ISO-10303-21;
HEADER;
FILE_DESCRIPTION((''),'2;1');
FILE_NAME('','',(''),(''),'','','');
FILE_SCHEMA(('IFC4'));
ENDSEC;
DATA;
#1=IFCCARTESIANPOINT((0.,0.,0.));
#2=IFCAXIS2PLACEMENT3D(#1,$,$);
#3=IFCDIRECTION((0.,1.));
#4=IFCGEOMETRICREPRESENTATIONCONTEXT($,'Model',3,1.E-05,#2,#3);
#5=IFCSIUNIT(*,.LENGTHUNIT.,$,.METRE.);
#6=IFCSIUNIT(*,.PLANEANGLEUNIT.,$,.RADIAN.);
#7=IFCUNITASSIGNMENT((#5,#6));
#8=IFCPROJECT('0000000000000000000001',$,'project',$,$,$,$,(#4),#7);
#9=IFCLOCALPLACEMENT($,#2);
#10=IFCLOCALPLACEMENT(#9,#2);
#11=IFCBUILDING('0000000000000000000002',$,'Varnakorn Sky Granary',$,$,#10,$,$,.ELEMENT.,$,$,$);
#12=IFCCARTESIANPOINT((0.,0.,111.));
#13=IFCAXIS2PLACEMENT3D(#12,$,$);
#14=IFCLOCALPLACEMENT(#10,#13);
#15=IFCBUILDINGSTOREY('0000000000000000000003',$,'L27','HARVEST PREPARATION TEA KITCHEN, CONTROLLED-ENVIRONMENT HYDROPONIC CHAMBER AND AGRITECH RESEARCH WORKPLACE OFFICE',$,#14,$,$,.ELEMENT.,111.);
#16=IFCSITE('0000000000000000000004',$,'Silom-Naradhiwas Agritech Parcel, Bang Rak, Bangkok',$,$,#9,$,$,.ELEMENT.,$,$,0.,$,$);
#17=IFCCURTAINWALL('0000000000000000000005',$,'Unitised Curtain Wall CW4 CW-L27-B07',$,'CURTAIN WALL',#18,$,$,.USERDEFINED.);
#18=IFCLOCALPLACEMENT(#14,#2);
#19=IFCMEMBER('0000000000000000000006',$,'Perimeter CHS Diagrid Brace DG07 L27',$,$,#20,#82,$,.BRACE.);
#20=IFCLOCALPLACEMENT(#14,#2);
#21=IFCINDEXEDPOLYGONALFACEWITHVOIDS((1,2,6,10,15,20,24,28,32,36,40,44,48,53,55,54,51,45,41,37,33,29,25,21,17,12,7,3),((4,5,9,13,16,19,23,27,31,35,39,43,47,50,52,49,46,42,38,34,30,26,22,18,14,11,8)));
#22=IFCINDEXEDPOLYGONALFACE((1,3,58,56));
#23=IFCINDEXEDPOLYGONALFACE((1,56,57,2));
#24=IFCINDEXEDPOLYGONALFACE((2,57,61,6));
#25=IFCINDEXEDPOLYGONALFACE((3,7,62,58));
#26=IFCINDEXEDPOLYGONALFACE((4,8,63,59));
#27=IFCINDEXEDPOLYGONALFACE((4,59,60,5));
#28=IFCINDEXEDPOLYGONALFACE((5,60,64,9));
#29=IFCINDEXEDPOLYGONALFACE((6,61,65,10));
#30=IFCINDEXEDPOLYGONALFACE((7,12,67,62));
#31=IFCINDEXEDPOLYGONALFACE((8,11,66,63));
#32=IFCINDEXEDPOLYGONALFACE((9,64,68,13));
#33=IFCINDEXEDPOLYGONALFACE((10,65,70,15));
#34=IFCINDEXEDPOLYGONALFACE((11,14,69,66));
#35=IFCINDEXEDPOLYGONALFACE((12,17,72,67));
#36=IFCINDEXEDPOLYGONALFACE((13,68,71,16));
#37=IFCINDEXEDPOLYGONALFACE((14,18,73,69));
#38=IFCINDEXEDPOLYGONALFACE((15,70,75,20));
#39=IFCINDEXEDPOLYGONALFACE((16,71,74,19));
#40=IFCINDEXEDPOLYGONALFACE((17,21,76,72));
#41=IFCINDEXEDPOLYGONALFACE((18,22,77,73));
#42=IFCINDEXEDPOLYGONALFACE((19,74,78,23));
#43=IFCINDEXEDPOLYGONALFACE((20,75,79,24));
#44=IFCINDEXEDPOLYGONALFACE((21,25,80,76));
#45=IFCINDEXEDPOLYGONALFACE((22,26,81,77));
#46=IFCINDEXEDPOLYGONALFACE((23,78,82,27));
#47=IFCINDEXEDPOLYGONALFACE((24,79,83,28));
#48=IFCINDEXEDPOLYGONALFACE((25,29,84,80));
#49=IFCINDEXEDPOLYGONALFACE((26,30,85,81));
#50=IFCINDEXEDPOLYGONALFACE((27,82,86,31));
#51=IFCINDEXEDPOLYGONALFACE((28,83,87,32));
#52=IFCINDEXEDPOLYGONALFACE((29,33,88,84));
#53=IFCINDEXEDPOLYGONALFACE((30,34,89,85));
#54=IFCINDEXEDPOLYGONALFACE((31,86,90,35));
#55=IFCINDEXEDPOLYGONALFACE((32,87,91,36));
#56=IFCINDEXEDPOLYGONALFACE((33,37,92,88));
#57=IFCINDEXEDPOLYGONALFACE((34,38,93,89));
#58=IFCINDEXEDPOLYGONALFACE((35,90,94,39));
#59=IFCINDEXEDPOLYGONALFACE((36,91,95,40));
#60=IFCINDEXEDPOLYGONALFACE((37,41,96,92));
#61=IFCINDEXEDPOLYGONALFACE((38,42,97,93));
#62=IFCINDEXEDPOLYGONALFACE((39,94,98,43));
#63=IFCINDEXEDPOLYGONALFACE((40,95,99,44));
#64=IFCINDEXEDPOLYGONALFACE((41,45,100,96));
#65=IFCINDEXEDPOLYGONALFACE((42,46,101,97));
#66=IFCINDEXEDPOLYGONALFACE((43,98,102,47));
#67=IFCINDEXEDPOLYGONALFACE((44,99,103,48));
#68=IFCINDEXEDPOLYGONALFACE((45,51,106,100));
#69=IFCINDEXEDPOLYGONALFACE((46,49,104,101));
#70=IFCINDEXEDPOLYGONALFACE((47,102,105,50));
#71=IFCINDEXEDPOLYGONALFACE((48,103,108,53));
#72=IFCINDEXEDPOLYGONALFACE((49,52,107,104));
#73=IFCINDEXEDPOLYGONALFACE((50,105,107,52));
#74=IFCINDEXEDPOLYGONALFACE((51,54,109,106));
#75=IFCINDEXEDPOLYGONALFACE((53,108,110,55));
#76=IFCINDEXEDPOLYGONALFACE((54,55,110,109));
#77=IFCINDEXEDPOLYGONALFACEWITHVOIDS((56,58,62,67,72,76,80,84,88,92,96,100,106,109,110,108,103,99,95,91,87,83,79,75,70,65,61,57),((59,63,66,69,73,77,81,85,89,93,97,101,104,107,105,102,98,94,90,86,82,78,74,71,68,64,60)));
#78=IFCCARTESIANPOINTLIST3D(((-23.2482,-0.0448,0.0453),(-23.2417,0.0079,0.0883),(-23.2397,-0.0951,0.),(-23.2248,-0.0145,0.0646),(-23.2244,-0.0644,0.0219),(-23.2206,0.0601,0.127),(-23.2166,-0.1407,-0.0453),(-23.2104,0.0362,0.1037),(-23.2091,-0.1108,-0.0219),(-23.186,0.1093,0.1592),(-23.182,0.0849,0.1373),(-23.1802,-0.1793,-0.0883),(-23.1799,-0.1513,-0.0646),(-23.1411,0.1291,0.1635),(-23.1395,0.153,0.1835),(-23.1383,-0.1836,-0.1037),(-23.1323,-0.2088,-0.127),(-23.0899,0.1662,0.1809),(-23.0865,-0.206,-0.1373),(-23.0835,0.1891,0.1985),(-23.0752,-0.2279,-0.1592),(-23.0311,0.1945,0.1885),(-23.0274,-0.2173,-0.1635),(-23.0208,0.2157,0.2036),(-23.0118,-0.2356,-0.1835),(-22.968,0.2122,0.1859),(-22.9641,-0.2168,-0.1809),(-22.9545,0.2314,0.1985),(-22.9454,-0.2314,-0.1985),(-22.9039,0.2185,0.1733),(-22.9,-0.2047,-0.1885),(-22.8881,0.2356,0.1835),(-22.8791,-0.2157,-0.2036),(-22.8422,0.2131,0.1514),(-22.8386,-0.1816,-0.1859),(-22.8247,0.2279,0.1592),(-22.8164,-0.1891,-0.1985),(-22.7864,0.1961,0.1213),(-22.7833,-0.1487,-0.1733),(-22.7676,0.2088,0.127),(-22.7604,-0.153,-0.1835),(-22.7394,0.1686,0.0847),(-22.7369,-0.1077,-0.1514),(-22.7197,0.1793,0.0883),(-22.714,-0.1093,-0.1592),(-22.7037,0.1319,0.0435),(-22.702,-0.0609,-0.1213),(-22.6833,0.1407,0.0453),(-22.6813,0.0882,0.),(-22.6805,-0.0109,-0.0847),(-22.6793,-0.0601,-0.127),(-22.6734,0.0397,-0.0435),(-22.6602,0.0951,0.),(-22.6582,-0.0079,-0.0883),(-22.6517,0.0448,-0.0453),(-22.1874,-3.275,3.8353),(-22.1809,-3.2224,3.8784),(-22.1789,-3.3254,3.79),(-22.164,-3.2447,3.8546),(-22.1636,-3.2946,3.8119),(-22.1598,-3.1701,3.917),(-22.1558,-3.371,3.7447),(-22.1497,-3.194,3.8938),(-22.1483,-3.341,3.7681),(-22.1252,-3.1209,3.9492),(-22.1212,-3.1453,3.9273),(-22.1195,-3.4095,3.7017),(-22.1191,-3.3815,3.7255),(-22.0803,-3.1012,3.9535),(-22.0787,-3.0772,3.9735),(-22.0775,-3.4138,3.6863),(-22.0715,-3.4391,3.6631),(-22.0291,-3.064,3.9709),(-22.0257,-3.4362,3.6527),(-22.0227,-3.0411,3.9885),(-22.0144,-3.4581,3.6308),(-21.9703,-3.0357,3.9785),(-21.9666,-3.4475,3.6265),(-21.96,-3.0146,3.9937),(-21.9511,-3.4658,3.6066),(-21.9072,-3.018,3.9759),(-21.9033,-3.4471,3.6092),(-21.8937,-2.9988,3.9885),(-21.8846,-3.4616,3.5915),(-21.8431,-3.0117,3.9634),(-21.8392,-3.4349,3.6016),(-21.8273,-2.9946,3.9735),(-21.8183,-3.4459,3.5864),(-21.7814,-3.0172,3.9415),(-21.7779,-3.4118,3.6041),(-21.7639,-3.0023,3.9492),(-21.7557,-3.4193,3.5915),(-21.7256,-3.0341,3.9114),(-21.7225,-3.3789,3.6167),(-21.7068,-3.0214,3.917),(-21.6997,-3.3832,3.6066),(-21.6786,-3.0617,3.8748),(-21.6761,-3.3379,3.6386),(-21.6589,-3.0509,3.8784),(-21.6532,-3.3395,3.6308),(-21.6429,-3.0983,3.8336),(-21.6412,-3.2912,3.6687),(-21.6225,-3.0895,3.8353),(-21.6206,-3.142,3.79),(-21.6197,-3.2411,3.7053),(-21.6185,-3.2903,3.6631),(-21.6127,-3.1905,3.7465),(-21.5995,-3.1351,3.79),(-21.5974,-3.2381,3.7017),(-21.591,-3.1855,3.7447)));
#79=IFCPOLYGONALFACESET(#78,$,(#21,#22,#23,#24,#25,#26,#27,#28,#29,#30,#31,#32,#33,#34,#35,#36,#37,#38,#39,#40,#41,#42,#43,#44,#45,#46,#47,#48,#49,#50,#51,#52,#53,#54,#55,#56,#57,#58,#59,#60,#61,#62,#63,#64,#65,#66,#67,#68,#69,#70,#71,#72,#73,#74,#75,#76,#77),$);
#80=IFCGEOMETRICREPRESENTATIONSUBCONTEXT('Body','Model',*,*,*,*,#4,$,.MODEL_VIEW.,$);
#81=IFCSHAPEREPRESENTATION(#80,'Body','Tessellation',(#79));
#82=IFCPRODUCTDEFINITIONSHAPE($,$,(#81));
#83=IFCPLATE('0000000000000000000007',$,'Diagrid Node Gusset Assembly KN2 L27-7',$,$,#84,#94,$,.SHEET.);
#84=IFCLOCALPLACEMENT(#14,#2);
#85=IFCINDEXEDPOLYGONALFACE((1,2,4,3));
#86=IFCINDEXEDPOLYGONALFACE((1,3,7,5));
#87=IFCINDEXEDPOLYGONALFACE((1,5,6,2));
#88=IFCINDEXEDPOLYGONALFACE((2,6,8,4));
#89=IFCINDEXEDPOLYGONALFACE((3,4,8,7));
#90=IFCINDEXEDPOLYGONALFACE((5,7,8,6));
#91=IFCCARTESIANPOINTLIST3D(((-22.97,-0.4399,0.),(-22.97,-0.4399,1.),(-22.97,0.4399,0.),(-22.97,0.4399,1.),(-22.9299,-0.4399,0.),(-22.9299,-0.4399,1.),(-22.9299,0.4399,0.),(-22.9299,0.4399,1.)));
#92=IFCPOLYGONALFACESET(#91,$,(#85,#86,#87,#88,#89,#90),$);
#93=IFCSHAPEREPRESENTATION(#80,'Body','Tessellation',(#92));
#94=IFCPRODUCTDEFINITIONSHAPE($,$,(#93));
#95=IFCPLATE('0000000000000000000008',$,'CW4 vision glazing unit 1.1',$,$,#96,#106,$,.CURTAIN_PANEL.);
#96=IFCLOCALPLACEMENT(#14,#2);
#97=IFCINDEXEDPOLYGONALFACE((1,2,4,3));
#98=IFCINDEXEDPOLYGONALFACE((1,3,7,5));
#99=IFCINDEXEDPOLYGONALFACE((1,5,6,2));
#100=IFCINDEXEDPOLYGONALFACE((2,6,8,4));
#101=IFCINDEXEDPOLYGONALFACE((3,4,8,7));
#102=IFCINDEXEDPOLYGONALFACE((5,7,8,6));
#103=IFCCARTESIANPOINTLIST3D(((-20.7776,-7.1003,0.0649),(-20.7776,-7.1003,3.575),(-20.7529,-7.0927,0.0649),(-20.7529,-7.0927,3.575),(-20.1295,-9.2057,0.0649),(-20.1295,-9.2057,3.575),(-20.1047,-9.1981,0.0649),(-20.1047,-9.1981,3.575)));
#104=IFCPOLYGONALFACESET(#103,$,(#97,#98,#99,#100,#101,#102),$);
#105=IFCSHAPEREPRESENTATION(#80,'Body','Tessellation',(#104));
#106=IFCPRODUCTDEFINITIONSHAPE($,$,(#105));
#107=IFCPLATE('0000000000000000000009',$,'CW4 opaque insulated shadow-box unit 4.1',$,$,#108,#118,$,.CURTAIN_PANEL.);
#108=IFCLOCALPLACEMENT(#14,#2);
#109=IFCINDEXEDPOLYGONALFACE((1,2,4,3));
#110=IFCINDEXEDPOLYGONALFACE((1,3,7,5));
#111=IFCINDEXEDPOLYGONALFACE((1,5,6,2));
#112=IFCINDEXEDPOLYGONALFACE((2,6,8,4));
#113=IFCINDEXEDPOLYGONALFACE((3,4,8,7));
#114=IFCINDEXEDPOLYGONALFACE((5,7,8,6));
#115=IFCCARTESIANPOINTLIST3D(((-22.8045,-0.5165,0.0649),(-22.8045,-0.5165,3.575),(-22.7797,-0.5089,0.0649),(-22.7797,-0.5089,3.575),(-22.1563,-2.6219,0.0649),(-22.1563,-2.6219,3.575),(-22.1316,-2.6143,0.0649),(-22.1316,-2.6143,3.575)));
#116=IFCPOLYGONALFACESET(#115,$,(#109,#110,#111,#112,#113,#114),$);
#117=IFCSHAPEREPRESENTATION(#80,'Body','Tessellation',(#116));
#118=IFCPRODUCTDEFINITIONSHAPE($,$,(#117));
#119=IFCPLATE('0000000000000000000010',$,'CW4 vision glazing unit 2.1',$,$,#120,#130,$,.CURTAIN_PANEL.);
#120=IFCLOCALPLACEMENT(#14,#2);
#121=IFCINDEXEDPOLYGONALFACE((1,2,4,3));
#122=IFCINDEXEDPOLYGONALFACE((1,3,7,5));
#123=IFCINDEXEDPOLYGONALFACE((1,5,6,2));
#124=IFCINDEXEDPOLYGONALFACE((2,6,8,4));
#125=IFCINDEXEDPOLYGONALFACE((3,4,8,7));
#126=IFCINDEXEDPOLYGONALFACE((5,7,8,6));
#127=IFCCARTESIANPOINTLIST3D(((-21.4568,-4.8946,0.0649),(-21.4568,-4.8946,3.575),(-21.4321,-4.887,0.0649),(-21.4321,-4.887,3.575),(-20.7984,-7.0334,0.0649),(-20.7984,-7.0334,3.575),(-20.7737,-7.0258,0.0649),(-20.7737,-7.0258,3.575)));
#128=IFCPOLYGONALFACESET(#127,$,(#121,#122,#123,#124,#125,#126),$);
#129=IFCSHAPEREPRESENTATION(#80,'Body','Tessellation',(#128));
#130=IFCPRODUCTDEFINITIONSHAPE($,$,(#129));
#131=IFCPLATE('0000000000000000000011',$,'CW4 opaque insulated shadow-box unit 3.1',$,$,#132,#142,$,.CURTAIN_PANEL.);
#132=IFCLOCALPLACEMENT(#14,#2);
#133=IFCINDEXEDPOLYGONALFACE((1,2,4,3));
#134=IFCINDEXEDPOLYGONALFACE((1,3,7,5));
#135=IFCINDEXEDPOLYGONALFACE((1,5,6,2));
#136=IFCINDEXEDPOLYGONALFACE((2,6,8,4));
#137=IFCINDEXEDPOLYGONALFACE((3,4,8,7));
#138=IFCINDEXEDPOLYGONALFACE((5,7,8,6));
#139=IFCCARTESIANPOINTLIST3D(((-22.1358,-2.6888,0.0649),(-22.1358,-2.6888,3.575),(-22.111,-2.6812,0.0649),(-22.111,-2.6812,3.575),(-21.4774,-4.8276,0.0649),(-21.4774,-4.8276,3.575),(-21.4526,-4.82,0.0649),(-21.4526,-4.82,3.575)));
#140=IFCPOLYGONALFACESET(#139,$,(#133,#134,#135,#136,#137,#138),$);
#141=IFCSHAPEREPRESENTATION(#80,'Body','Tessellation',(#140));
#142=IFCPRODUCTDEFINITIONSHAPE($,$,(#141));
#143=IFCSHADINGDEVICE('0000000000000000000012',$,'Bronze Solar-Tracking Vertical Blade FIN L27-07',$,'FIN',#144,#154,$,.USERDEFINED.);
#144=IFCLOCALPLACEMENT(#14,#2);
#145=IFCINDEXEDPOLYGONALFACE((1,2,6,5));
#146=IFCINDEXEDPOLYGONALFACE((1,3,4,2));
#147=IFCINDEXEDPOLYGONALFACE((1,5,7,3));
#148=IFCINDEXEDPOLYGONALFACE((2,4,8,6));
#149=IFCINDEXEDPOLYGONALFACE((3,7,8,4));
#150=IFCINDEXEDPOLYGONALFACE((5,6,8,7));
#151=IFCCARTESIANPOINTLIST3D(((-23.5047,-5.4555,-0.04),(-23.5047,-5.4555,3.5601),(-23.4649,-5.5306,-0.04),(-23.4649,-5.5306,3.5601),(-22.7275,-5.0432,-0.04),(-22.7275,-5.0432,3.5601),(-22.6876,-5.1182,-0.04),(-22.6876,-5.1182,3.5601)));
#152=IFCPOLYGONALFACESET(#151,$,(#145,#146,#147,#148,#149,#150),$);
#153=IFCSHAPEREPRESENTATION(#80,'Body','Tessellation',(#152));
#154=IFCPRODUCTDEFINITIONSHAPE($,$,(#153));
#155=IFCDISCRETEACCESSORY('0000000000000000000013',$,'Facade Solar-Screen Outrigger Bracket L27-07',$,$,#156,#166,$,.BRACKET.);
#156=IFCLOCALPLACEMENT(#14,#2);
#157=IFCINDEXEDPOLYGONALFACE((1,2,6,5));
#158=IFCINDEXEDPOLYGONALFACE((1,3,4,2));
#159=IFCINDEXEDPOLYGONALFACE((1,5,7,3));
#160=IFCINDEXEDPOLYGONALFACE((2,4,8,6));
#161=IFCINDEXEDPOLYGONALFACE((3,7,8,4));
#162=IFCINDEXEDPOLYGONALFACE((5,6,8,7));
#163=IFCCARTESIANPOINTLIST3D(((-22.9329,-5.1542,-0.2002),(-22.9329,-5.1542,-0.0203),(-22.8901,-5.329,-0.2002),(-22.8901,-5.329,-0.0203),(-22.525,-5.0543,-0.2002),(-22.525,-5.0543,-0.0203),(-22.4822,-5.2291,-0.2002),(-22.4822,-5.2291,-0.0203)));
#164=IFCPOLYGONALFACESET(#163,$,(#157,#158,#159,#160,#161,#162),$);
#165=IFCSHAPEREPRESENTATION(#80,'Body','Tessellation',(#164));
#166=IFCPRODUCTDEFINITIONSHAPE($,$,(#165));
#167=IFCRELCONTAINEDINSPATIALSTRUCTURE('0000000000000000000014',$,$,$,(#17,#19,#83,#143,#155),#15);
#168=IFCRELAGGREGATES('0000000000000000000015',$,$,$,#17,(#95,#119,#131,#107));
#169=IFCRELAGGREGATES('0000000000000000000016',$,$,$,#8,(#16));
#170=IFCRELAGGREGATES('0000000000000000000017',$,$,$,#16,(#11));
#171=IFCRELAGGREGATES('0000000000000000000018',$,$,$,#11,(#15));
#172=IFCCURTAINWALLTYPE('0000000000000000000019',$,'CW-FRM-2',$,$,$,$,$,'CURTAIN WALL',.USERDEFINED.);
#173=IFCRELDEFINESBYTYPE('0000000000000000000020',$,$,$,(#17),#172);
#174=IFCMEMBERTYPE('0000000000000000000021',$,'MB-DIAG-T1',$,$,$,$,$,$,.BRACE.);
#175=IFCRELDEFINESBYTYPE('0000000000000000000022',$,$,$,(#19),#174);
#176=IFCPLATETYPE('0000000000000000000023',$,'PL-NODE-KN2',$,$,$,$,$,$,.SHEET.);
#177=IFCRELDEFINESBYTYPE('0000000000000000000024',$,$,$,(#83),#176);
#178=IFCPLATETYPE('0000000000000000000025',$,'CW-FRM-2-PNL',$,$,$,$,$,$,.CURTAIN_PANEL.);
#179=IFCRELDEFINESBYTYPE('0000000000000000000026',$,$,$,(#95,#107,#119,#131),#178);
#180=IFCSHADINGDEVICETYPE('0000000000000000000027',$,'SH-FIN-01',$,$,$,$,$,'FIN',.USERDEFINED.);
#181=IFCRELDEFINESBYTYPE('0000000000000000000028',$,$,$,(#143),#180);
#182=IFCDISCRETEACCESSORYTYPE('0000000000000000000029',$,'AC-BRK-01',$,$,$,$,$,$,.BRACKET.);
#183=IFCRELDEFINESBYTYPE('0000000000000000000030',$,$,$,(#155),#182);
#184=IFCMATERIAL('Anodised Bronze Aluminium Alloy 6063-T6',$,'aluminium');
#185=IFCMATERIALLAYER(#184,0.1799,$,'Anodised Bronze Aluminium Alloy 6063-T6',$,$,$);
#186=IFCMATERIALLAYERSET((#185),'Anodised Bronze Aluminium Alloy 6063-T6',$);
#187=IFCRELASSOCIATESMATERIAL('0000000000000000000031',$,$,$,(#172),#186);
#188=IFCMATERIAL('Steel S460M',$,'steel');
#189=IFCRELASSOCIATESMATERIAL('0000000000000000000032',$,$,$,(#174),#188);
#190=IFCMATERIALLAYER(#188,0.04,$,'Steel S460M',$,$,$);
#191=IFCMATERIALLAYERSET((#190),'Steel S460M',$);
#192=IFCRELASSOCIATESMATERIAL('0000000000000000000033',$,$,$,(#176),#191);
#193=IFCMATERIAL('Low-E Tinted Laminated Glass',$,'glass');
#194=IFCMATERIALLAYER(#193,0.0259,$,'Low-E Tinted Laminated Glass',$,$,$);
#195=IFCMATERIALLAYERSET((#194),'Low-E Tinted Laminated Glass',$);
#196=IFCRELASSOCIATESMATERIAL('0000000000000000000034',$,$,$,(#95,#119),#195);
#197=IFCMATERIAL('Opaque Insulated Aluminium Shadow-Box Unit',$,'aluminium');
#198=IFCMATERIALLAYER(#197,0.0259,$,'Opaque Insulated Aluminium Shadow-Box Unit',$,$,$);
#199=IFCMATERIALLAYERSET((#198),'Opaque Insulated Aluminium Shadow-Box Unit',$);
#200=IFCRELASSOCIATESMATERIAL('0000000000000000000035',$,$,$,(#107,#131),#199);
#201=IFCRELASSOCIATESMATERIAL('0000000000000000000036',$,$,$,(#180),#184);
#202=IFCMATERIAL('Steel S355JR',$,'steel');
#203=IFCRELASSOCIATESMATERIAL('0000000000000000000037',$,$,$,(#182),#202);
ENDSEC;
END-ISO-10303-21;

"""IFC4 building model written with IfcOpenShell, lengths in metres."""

from ifc_helpers import new_model, si_unit, direction, frame, origin, origin_2d, place, context, subcontext, project, spatial, rectangle, hollow_circle, extrude, source, transform, mapped, material, layer, layer_set, material_profile, profile_set, type_object, type_shapes, element, aggregate, save


model = new_model("IFC4")

# Units and contexts
model_context = context("Model", 3, precision=1e-05, world=origin(), true_north=direction((0.0, 1.0)))
body_context = subcontext(model_context, "Body", "Model", "MODEL_VIEW")
ifc_project = project(units=[si_unit("LENGTHUNIT", "METRE"), si_unit("PLANEANGLEUNIT", "RADIAN")], contexts=[model_context])

# Site, building, storey
site_placement = place(None, origin())
site = spatial("IfcSite", under=ifc_project, at=site_placement, Name="Silom-Naradhiwas Agritech Parcel, Bang Rak, Bangkok", CompositionType="ELEMENT", RefElevation=0.0)
building_placement = place(site_placement, origin())
building = spatial("IfcBuilding", under=site, at=building_placement, Name="Varnakorn Sky Granary", CompositionType="ELEMENT")
storey_placement = place(building_placement, frame((0.0, 0.0, 111.0)))
storey = spatial("IfcBuildingStorey", under=building, at=storey_placement, Name="L27", Description="HARVEST PREPARATION TEA KITCHEN, CONTROLLED-ENVIRONMENT HYDROPONIC CHAMBER AND AGRITECH RESEARCH WORKPLACE OFFICE", CompositionType="ELEMENT", Elevation=111.0)

# Shared definitions
ifc_material_1 = material(Name="Steel S460M", Category="steel")

# Shared definitions
ifc_material_2 = material(Name="Steel S355JR", Category="steel")

# Curtain wall
ifc_material_3 = material(Name="Anodised Bronze Aluminium Alloy 6063-T6", Category="aluminium")
ifc_layer_1 = layer(ifc_material_3, 0.1799, Name="Anodised Bronze Aluminium Alloy 6063-T6")
ifc_layer_set_1 = layer_set([ifc_layer_1], Name="Anodised Bronze Aluminium Alloy 6063-T6")
curtain_wall_type = type_object("IfcCurtainWallType", Name="CW-FRM-2", ElementType="CURTAIN WALL", PredefinedType="USERDEFINED", material=ifc_layer_set_1)
curtain_wall_placement = place(storey_placement, origin())
curtain_wall = element("IfcCurtainWall", 1, at=curtain_wall_placement, inside=storey, type_object=curtain_wall_type, Name="Unitised Curtain Wall CW4 CW-L27-B07", ObjectType="CURTAIN WALL", PredefinedType="USERDEFINED")

# Member
ifc_material_profile_1 = material_profile(ifc_material_1, hollow_circle(Radius=0.3049, WallThickness=0.0222, at=origin_2d()), Name="CHS 610x22")
ifc_profile_set_1 = profile_set([ifc_material_profile_1], Name="Steel S460M")
member_type_1 = type_object("IfcMemberType", Name="MB-DIAG-T1", PredefinedType="BRACE", material=ifc_profile_set_1)
for number, where, z_axis, x_axis, name in (
    (2, (-22.95, 0.0, 0.0), (0.208343, -0.634427, 0.744376), (0.950081, 0.312002, 0.0), "Perimeter CHS Diagrid Brace DG07 L27"),
):
    element("IfcMember", number, at=place(storey_placement, frame(where, z_axis=z_axis, x_axis=x_axis)), inside=storey, type_object=member_type_1, Name=name, PredefinedType="BRACE", context=body_context, shape_type="SweptSolid", body=[
        extrude(hollow_circle(Radius=0.3049, WallThickness=0.0222, at=origin_2d()), origin(), (0.0, 0.0, 1.0), 5.0916),
    ])

# Plates
ifc_layer_2 = layer(ifc_material_1, 0.04, Name="Steel S460M")
ifc_layer_set_2 = layer_set([ifc_layer_2], Name="Steel S460M")
plate_type_1 = type_object("IfcPlateType", Name="PL-NODE-KN2", PredefinedType="SHEET", material=ifc_layer_set_2)
plate_1_placement = place(storey_placement, frame((-22.95, 0.0, 0.0), z_axis=(0.0, 0.0, 1.0), x_axis=(0.0, -1.0, 0.0)))
element("IfcPlate", 3, at=plate_1_placement, inside=storey, type_object=plate_type_1, Name="Diagrid Node Gusset Assembly KN2 L27-7", PredefinedType="SHEET", context=body_context, shape_type="SweptSolid", body=[
    extrude(rectangle(XDim=0.8799, YDim=0.04, at=origin_2d()), origin(), (0.0, 0.0, 1.0), 1.0),
])
ifc_material_4 = material(Name="Low-E Tinted Laminated Glass", Category="glass")
ifc_layer_3 = layer(ifc_material_4, 0.0259, Name="Low-E Tinted Laminated Glass")
ifc_layer_set_3 = layer_set([ifc_layer_3], Name="Low-E Tinted Laminated Glass")
plate_type_2 = type_object("IfcPlateType", Name="CW-FRM-2-PNL", PredefinedType="CURTAIN_PANEL")
shared_shape_1 = source(origin(), body_context, "Body", "SweptSolid", [
    extrude(rectangle(XDim=2.2029, YDim=0.0259, at=origin_2d()), origin(), (0.0, 0.0, 1.0), 3.51),
])
plate_2_placement = place(storey_placement, frame((-20.4412, -8.1492, 0.0649), z_axis=(0.0, 0.0, 1.0), x_axis=(-0.294221, 0.955738, 0.0)))
plate_2 = element("IfcPlate", 4, at=plate_2_placement, type_object=plate_type_2, material=ifc_layer_set_3, Name="CW4 vision glazing unit 1.1", PredefinedType="CURTAIN_PANEL", context=body_context, shape_type="MappedRepresentation", body=[
    mapped(shared_shape_1, transform((0.0, 0.0, 0.0), x_axis=(1.0, 0.0, 0.0), y_axis=(0.0, 1.0, 0.0), z_axis=(0.0, 0.0, 1.0), scale=1.0)),
])
ifc_material_5 = material(Name="Opaque Insulated Aluminium Shadow-Box Unit", Category="aluminium")
ifc_layer_4 = layer(ifc_material_5, 0.0259, Name="Opaque Insulated Aluminium Shadow-Box Unit")
ifc_layer_set_4 = layer_set([ifc_layer_4], Name="Opaque Insulated Aluminium Shadow-Box Unit")
plate_3_placement = place(storey_placement, frame((-22.468, -1.5654, 0.0649), z_axis=(0.0, 0.0, 1.0), x_axis=(-0.294221, 0.955738, 0.0)))
plate_3 = element("IfcPlate", 5, at=plate_3_placement, type_object=plate_type_2, material=ifc_layer_set_4, Name="CW4 opaque insulated shadow-box unit 4.1", PredefinedType="CURTAIN_PANEL", context=body_context, shape_type="MappedRepresentation", body=[
    mapped(shared_shape_1, transform((0.0, 0.0, 0.0), x_axis=(1.0, 0.0, 0.0), y_axis=(0.0, 1.0, 0.0), z_axis=(0.0, 0.0, 1.0), scale=1.0)),
])
shared_shape_2 = source(origin(), body_context, "Body", "SweptSolid", [
    extrude(rectangle(XDim=2.2378, YDim=0.0259, at=origin_2d()), origin(), (0.0, 0.0, 1.0), 3.51),
])
type_shapes(plate_type_2, [shared_shape_1, shared_shape_2])
plate_4_placement = place(storey_placement, frame((-21.1152, -5.9602, 0.0649), z_axis=(0.0, 0.0, 1.0), x_axis=(-0.294221, 0.955738, 0.0)))
plate_4 = element("IfcPlate", 6, at=plate_4_placement, type_object=plate_type_2, material=ifc_layer_set_3, Name="CW4 vision glazing unit 2.1", PredefinedType="CURTAIN_PANEL", context=body_context, shape_type="MappedRepresentation", body=[
    mapped(shared_shape_2, transform((0.0, 0.0, 0.0), x_axis=(1.0, 0.0, 0.0), y_axis=(0.0, 1.0, 0.0), z_axis=(0.0, 0.0, 1.0), scale=1.0)),
])
plate_5_placement = place(storey_placement, frame((-21.7942, -3.7544, 0.0649), z_axis=(0.0, 0.0, 1.0), x_axis=(-0.294221, 0.955738, 0.0)))
plate_5 = element("IfcPlate", 7, at=plate_5_placement, type_object=plate_type_2, material=ifc_layer_set_4, Name="CW4 opaque insulated shadow-box unit 3.1", PredefinedType="CURTAIN_PANEL", context=body_context, shape_type="MappedRepresentation", body=[
    mapped(shared_shape_2, transform((0.0, 0.0, 0.0), x_axis=(1.0, 0.0, 0.0), y_axis=(0.0, 1.0, 0.0), z_axis=(0.0, 0.0, 1.0), scale=1.0)),
])
aggregate(curtain_wall, [plate_2, plate_4, plate_5, plate_3])

# Shading device
shading_device_type = type_object("IfcShadingDeviceType", Name="SH-FIN-01", ElementType="FIN", PredefinedType="USERDEFINED", material=ifc_material_3)
shared_shape_3 = source(origin(), body_context, "Body", "SweptSolid", [
    extrude(rectangle(XDim=0.085, YDim=0.8799, at=origin_2d()), origin(), (0.0, 0.0, 1.0), 3.6001),
])
type_shapes(shading_device_type, [shared_shape_3])
shading_device_placement = place(storey_placement, frame((-23.0962, -5.2869, -0.04), z_axis=(0.0, 0.0, 1.0), x_axis=(0.468647, -0.883386, 0.0)))
element("IfcShadingDevice", 8, at=shading_device_placement, inside=storey, type_object=shading_device_type, Name="Bronze Solar-Tracking Vertical Blade FIN L27-07", ObjectType="FIN", PredefinedType="USERDEFINED", context=body_context, shape_type="MappedRepresentation", body=[
    mapped(shared_shape_3, transform((0.0, 0.0, 0.0), x_axis=(1.0, 0.0, 0.0), y_axis=(0.0, 1.0, 0.0), z_axis=(0.0, 0.0, 1.0), scale=1.0)),
])

# Discrete accessory
discrete_accessory_type = type_object("IfcDiscreteAccessoryType", Name="AC-BRK-01", PredefinedType="BRACKET", material=ifc_material_2)
shared_shape_4 = source(origin(), body_context, "Body", "SweptSolid", [
    extrude(rectangle(XDim=0.1799, YDim=0.4199, at=origin_2d()), origin(), (0.0, 0.0, 1.0), 0.1799),
])
type_shapes(discrete_accessory_type, [shared_shape_4])
discrete_accessory_placement = place(storey_placement, frame((-22.7075, -5.1917, -0.2002), z_axis=(0.0, 0.0, 1.0), x_axis=(0.237784, -0.971318, 0.0)))
element("IfcDiscreteAccessory", 9, at=discrete_accessory_placement, inside=storey, type_object=discrete_accessory_type, Name="Facade Solar-Screen Outrigger Bracket L27-07", PredefinedType="BRACKET", context=body_context, shape_type="MappedRepresentation", body=[
    mapped(shared_shape_4, transform((0.0, 0.0, 0.0), x_axis=(1.0, 0.0, 0.0), y_axis=(0.0, 1.0, 0.0), z_axis=(0.0, 0.0, 1.0), scale=1.0)),
])

save(model, "model.ifc")
